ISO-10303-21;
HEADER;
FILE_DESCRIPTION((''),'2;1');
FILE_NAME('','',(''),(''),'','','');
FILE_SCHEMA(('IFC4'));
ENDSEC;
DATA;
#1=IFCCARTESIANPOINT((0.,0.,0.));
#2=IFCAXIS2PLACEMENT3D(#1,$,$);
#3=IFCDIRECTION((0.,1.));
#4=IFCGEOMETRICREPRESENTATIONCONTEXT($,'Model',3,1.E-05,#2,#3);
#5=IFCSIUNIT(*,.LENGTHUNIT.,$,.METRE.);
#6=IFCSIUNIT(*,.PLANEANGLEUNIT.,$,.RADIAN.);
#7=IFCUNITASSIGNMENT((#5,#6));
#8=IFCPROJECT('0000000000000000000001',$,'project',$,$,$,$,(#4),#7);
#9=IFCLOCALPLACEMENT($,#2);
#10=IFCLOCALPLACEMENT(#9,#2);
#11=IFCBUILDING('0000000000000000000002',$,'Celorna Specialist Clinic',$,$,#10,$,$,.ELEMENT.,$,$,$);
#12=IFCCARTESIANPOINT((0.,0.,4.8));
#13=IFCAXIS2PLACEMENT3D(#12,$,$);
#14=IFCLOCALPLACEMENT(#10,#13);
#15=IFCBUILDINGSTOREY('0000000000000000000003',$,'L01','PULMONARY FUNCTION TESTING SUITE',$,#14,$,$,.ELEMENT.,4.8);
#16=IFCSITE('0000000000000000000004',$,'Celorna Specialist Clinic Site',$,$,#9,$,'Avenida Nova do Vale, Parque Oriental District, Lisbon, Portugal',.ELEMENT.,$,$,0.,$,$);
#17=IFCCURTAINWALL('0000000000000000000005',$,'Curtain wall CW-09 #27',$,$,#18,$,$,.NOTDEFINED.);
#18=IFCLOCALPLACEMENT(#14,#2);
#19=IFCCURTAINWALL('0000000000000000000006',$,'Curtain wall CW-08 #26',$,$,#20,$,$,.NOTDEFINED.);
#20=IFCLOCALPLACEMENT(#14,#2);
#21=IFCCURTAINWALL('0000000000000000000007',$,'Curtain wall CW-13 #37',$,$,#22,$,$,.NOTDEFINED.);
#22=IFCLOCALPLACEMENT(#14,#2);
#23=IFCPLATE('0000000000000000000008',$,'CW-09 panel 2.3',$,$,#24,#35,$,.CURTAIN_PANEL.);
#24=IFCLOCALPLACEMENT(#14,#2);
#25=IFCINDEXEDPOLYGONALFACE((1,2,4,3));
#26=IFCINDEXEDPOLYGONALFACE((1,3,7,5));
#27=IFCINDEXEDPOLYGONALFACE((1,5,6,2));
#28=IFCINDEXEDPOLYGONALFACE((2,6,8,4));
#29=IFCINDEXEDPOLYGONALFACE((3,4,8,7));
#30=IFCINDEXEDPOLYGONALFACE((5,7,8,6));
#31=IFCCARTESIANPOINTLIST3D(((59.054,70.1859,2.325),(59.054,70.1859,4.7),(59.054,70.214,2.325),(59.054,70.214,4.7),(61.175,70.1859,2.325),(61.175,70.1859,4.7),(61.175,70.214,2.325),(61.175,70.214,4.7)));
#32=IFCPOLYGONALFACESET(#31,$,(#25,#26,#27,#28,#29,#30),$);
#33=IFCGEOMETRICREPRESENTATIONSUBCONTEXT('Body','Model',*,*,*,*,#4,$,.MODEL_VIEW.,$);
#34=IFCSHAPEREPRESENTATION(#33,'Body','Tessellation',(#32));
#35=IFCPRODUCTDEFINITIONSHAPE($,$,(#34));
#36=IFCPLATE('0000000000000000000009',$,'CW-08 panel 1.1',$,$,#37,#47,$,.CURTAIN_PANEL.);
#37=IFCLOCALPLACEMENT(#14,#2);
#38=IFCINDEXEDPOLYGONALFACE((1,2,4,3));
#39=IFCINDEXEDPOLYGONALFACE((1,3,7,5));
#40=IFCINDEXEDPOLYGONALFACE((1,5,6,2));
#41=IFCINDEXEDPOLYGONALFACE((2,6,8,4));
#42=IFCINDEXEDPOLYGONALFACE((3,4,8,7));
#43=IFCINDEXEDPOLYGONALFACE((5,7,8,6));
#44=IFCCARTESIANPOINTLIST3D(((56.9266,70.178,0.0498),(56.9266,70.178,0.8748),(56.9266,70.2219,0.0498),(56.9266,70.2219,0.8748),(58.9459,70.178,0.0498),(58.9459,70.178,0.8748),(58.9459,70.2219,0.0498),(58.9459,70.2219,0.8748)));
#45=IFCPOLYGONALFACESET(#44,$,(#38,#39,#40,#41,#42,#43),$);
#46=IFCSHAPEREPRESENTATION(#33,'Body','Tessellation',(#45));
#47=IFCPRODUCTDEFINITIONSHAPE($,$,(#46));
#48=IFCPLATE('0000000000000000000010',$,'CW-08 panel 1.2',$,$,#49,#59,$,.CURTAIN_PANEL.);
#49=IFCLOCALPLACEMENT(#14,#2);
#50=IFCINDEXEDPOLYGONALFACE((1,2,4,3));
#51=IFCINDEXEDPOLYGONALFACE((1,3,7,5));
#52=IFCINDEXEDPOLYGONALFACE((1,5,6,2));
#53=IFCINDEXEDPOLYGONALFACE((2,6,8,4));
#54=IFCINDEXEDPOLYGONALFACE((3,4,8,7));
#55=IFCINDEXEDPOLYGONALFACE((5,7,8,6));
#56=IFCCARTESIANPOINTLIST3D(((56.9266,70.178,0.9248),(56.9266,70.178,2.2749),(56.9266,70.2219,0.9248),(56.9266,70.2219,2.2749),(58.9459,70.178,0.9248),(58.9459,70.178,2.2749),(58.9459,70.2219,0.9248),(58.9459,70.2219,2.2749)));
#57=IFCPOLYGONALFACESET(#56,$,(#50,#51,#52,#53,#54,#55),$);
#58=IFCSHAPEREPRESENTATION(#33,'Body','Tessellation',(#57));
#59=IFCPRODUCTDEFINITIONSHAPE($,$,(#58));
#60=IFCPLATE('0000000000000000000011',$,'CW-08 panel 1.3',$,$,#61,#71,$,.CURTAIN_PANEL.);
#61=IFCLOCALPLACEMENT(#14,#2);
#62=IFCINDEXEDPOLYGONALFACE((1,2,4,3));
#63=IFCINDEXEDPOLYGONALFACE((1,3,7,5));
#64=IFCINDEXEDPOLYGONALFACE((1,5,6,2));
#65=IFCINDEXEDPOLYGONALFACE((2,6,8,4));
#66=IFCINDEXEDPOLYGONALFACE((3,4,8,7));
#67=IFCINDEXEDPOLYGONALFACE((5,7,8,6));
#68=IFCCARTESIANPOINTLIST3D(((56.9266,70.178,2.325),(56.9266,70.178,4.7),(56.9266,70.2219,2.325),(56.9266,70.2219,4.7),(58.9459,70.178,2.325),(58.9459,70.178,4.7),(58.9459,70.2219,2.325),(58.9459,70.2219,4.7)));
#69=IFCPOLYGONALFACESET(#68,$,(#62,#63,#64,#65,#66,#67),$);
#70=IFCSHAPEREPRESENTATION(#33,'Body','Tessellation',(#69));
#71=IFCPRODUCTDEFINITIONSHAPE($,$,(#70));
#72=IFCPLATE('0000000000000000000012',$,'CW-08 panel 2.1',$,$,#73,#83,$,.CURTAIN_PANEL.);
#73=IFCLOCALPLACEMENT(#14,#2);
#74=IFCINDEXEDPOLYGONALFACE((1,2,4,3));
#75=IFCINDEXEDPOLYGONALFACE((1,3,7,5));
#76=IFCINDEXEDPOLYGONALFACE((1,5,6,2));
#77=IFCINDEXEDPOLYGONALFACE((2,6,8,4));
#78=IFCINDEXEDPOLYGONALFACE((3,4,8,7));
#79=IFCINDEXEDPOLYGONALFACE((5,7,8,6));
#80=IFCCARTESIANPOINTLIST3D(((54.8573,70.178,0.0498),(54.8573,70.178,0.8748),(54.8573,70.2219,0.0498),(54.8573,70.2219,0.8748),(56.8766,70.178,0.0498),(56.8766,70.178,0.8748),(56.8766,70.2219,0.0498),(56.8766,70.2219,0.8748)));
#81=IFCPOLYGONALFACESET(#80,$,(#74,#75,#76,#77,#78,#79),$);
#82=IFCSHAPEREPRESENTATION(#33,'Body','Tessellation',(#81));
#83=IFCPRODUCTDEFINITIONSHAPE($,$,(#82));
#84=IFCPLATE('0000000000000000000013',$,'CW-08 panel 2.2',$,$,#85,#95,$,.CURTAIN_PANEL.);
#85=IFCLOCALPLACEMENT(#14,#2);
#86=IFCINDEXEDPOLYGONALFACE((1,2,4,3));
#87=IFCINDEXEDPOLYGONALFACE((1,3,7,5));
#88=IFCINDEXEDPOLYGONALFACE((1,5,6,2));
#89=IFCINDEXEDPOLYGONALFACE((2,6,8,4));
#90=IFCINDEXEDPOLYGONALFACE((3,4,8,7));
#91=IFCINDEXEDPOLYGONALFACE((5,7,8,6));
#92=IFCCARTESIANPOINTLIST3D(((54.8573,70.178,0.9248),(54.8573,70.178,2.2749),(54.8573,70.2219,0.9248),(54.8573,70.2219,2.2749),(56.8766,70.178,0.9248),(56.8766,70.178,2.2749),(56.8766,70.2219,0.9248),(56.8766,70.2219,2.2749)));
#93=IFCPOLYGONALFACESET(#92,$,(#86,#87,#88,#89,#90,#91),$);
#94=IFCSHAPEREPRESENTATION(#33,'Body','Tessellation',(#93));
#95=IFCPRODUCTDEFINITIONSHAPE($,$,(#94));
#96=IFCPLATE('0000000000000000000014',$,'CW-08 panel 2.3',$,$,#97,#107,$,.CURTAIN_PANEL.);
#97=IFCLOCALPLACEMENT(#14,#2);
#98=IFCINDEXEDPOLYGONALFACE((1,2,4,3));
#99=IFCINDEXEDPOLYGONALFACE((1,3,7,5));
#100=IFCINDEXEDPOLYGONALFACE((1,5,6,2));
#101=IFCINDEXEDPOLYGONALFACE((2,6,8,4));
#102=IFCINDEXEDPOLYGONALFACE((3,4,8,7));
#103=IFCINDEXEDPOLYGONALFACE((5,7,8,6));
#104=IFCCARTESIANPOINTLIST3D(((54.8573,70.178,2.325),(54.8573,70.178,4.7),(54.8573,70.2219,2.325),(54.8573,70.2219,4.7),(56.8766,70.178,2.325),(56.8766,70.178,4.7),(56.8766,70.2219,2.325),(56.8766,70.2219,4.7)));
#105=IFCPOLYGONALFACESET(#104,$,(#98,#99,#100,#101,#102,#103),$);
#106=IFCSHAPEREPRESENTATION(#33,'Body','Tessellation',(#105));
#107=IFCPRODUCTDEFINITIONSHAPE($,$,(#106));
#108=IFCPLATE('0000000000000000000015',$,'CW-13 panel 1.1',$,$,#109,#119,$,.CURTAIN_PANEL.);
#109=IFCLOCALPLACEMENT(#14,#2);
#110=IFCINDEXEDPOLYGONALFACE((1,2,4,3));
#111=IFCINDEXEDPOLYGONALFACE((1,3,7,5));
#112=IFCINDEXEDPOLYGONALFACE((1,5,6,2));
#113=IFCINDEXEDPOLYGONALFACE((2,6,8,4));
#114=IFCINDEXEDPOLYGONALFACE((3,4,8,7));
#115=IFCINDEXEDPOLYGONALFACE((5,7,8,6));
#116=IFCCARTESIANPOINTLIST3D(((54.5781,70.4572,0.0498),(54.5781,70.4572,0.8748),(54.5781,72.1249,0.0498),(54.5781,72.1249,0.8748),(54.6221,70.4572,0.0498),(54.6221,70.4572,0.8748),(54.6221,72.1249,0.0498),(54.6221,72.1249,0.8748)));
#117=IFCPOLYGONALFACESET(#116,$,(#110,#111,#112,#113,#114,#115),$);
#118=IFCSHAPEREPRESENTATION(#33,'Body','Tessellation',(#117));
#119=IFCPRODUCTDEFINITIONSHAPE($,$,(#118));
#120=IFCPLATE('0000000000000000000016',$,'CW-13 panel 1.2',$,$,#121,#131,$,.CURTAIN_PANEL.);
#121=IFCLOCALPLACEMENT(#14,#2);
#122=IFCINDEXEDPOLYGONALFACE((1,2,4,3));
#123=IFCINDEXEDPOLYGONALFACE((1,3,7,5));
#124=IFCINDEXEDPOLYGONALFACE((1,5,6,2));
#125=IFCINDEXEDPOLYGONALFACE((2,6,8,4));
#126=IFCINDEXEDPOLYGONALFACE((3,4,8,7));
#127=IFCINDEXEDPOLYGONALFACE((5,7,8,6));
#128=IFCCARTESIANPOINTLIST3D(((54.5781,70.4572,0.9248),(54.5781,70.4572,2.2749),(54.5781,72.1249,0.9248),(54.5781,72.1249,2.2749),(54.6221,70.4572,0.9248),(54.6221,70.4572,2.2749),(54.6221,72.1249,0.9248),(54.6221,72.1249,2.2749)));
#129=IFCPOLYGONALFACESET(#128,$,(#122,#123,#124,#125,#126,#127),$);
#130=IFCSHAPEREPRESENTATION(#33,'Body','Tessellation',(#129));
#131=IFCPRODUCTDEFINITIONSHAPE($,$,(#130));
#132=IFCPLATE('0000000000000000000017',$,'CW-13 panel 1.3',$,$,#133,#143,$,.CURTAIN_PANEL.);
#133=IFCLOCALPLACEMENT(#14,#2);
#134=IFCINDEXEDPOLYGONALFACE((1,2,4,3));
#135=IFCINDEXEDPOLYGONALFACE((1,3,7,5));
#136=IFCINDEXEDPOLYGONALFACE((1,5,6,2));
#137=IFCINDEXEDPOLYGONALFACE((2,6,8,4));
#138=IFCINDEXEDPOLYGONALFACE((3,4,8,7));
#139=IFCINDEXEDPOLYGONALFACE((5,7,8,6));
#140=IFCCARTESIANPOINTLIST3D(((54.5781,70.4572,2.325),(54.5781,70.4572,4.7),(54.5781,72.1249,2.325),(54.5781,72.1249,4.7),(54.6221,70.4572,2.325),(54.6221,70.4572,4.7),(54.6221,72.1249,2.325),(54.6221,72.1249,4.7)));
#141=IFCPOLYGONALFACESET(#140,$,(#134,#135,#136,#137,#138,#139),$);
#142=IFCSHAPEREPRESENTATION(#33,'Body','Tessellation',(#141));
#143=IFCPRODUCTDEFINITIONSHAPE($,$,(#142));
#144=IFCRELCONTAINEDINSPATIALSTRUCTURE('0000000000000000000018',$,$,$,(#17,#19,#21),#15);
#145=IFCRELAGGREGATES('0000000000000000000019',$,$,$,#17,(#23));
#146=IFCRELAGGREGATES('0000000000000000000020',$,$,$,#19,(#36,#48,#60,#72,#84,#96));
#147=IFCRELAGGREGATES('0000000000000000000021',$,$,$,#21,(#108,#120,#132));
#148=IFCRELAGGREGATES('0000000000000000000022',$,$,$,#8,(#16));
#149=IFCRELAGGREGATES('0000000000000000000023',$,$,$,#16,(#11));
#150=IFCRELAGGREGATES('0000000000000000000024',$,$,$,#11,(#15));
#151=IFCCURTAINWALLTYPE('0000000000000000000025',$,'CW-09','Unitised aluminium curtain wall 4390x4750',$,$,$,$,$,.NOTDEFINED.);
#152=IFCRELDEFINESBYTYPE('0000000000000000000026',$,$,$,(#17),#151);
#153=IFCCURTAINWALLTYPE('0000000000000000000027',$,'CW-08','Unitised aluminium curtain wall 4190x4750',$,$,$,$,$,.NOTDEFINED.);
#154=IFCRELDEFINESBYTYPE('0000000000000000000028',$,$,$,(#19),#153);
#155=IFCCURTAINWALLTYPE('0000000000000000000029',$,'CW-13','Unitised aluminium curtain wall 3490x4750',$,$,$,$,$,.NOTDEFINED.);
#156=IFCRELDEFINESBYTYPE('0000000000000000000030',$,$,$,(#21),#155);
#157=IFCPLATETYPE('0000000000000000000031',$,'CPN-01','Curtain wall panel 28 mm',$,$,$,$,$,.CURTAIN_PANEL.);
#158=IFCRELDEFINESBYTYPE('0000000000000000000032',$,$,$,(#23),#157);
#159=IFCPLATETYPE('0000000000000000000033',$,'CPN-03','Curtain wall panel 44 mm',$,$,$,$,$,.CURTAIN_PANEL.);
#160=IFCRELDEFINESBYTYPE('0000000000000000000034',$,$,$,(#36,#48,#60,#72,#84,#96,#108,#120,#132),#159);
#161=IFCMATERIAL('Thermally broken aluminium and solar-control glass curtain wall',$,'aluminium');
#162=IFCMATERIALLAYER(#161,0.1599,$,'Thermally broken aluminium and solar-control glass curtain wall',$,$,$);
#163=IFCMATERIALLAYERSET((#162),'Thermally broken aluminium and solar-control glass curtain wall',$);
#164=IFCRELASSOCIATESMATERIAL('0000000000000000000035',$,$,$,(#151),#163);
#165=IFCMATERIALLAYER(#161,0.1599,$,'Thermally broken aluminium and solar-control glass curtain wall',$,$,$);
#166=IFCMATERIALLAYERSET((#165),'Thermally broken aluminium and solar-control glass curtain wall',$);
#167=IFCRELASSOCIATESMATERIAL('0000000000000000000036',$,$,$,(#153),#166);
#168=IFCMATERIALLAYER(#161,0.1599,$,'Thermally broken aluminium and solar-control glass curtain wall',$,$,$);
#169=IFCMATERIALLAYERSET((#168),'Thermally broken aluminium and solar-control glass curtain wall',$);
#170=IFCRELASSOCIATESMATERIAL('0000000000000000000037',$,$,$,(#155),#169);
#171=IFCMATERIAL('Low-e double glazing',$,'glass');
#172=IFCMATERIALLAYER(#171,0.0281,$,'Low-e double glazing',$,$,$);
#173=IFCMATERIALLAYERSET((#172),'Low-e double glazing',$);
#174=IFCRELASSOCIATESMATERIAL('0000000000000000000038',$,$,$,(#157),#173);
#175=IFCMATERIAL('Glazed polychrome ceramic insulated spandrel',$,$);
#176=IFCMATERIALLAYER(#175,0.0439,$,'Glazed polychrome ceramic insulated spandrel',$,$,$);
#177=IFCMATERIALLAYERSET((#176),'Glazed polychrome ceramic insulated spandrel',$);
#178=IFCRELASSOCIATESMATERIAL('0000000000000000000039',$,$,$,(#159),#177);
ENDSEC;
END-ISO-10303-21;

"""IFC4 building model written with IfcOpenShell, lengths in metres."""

from ifc_helpers import new_model, si_unit, direction, frame, origin, origin_2d, place, context, subcontext, project, spatial, rectangle, extrude, material, layer, layer_set, type_object, element, aggregate, save


model = new_model("IFC4")

# Units and contexts
model_context = context("Model", 3, precision=1e-05, world=origin(), true_north=direction((0.0, 1.0)))
body_context = subcontext(model_context, "Body", "Model", "MODEL_VIEW")
ifc_project = project(units=[si_unit("LENGTHUNIT", "METRE"), si_unit("PLANEANGLEUNIT", "RADIAN")], contexts=[model_context])

# Site, building, storey
site_placement = place(None, origin())
site = spatial("IfcSite", under=ifc_project, at=site_placement, Name="Celorna Specialist Clinic Site", LongName="Avenida Nova do Vale, Parque Oriental District, Lisbon, Portugal", CompositionType="ELEMENT", RefElevation=0.0)
building_placement = place(site_placement, origin())
building = spatial("IfcBuilding", under=site, at=building_placement, Name="Celorna Specialist Clinic", CompositionType="ELEMENT")
storey_placement = place(building_placement, frame((0.0, 0.0, 4.8)))
storey = spatial("IfcBuildingStorey", under=building, at=storey_placement, Name="L01", Description="PULMONARY FUNCTION TESTING SUITE", CompositionType="ELEMENT", Elevation=4.8)

# Curtain wall
ifc_material_1 = material(Name="Thermally broken aluminium and solar-control glass curtain wall", Category="aluminium")
ifc_layer_1 = layer(ifc_material_1, 0.1599, Name="Thermally broken aluminium and solar-control glass curtain wall")
ifc_layer_set_1 = layer_set([ifc_layer_1], Name="Thermally broken aluminium and solar-control glass curtain wall")
curtain_wall_type_1 = type_object("IfcCurtainWallType", Name="CW-09", Description="Unitised aluminium curtain wall 4390x4750", PredefinedType="NOTDEFINED", material=ifc_layer_set_1)
curtain_wall_1_placement = place(storey_placement, origin())
curtain_wall_1 = element("IfcCurtainWall", 1, at=curtain_wall_1_placement, inside=storey, type_object=curtain_wall_type_1, Name="Curtain wall CW-09 #27", PredefinedType="NOTDEFINED")

# Curtain walls
ifc_layer_2 = layer(ifc_material_1, 0.1599, Name="Thermally broken aluminium and solar-control glass curtain wall")
ifc_layer_set_2 = layer_set([ifc_layer_2], Name="Thermally broken aluminium and solar-control glass curtain wall")
curtain_wall_type_2 = type_object("IfcCurtainWallType", Name="CW-08", Description="Unitised aluminium curtain wall 4190x4750", PredefinedType="NOTDEFINED", material=ifc_layer_set_2)
curtain_wall_2_placement = place(storey_placement, origin())
curtain_wall_2 = element("IfcCurtainWall", 2, at=curtain_wall_2_placement, inside=storey, type_object=curtain_wall_type_2, Name="Curtain wall CW-08 #26", PredefinedType="NOTDEFINED")
ifc_layer_3 = layer(ifc_material_1, 0.1599, Name="Thermally broken aluminium and solar-control glass curtain wall")
ifc_layer_set_3 = layer_set([ifc_layer_3], Name="Thermally broken aluminium and solar-control glass curtain wall")
curtain_wall_type_3 = type_object("IfcCurtainWallType", Name="CW-13", Description="Unitised aluminium curtain wall 3490x4750", PredefinedType="NOTDEFINED", material=ifc_layer_set_3)
curtain_wall_3_placement = place(storey_placement, origin())
curtain_wall_3 = element("IfcCurtainWall", 3, at=curtain_wall_3_placement, inside=storey, type_object=curtain_wall_type_3, Name="Curtain wall CW-13 #37", PredefinedType="NOTDEFINED")

# Plates
ifc_material_2 = material(Name="Low-e double glazing", Category="glass")
ifc_layer_4 = layer(ifc_material_2, 0.0281, Name="Low-e double glazing")
ifc_layer_set_4 = layer_set([ifc_layer_4], Name="Low-e double glazing")
plate_type_1 = type_object("IfcPlateType", Name="CPN-01", Description="Curtain wall panel 28 mm", PredefinedType="CURTAIN_PANEL", material=ifc_layer_set_4)
plate_1_placement = place(storey_placement, frame((60.1145, 70.2, 2.325), z_axis=(0.0, 0.0, 1.0), x_axis=(-1.0, 0.0, 0.0)))
plate_1 = element("IfcPlate", 4, at=plate_1_placement, type_object=plate_type_1, Name="CW-09 panel 2.3", PredefinedType="CURTAIN_PANEL", context=body_context, shape_type="SweptSolid", body=[
    extrude(rectangle(XDim=2.1211, YDim=0.0281, at=origin_2d()), origin(), (0.0, 0.0, 1.0), 2.375),
])
aggregate(curtain_wall_1, [plate_1])
ifc_material_3 = material(Name="Glazed polychrome ceramic insulated spandrel")
ifc_layer_5 = layer(ifc_material_3, 0.0439, Name="Glazed polychrome ceramic insulated spandrel")
ifc_layer_set_5 = layer_set([ifc_layer_5], Name="Glazed polychrome ceramic insulated spandrel")
plate_type_2 = type_object("IfcPlateType", Name="CPN-03", Description="Curtain wall panel 44 mm", PredefinedType="CURTAIN_PANEL", material=ifc_layer_set_5)
plate_2_placement = place(storey_placement, frame((57.9363, 70.2, 0.0498), z_axis=(0.0, 0.0, 1.0), x_axis=(-1.0, 0.0, 0.0)))
plate_2 = element("IfcPlate", 5, at=plate_2_placement, type_object=plate_type_2, Name="CW-08 panel 1.1", PredefinedType="CURTAIN_PANEL", context=body_context, shape_type="SweptSolid", body=[
    extrude(rectangle(XDim=2.0193, YDim=0.0439, at=origin_2d()), origin(), (0.0, 0.0, 1.0), 0.825),
])
plate_3_placement = place(storey_placement, frame((57.9363, 70.2, 0.9248), z_axis=(0.0, 0.0, 1.0), x_axis=(-1.0, 0.0, 0.0)))
plate_3 = element("IfcPlate", 6, at=plate_3_placement, type_object=plate_type_2, Name="CW-08 panel 1.2", PredefinedType="CURTAIN_PANEL", context=body_context, shape_type="SweptSolid", body=[
    extrude(rectangle(XDim=2.0193, YDim=0.0439, at=origin_2d()), origin(), (0.0, 0.0, 1.0), 1.3501),
])
plate_4_placement = place(storey_placement, frame((57.9363, 70.2, 2.325), z_axis=(0.0, 0.0, 1.0), x_axis=(-1.0, 0.0, 0.0)))
plate_4 = element("IfcPlate", 7, at=plate_4_placement, type_object=plate_type_2, Name="CW-08 panel 1.3", PredefinedType="CURTAIN_PANEL", context=body_context, shape_type="SweptSolid", body=[
    extrude(rectangle(XDim=2.0193, YDim=0.0439, at=origin_2d()), origin(), (0.0, 0.0, 1.0), 2.375),
])
plate_5_placement = place(storey_placement, frame((55.8669, 70.2, 0.0498), z_axis=(0.0, 0.0, 1.0), x_axis=(-1.0, 0.0, 0.0)))
plate_5 = element("IfcPlate", 8, at=plate_5_placement, type_object=plate_type_2, Name="CW-08 panel 2.1", PredefinedType="CURTAIN_PANEL", context=body_context, shape_type="SweptSolid", body=[
    extrude(rectangle(XDim=2.0193, YDim=0.0439, at=origin_2d()), origin(), (0.0, 0.0, 1.0), 0.825),
])
plate_6_placement = place(storey_placement, frame((55.8669, 70.2, 0.9248), z_axis=(0.0, 0.0, 1.0), x_axis=(-1.0, 0.0, 0.0)))
plate_6 = element("IfcPlate", 9, at=plate_6_placement, type_object=plate_type_2, Name="CW-08 panel 2.2", PredefinedType="CURTAIN_PANEL", context=body_context, shape_type="SweptSolid", body=[
    extrude(rectangle(XDim=2.0193, YDim=0.0439, at=origin_2d()), origin(), (0.0, 0.0, 1.0), 1.3501),
])
plate_7_placement = place(storey_placement, frame((55.8669, 70.2, 2.325), z_axis=(0.0, 0.0, 1.0), x_axis=(-1.0, 0.0, 0.0)))
plate_7 = element("IfcPlate", 10, at=plate_7_placement, type_object=plate_type_2, Name="CW-08 panel 2.3", PredefinedType="CURTAIN_PANEL", context=body_context, shape_type="SweptSolid", body=[
    extrude(rectangle(XDim=2.0193, YDim=0.0439, at=origin_2d()), origin(), (0.0, 0.0, 1.0), 2.375),
])
aggregate(curtain_wall_2, [plate_2, plate_3, plate_4, plate_5, plate_6, plate_7])
plate_8_placement = place(storey_placement, frame((54.6001, 71.291, 0.0498), z_axis=(0.0, 0.0, 1.0), x_axis=(0.0, 1.0, 0.0)))
plate_8 = element("IfcPlate", 11, at=plate_8_placement, type_object=plate_type_2, Name="CW-13 panel 1.1", PredefinedType="CURTAIN_PANEL", context=body_context, shape_type="SweptSolid", body=[
    extrude(rectangle(XDim=1.6677, YDim=0.0439, at=origin_2d()), origin(), (0.0, 0.0, 1.0), 0.825),
])
plate_9_placement = place(storey_placement, frame((54.6001, 71.291, 0.9248), z_axis=(0.0, 0.0, 1.0), x_axis=(0.0, 1.0, 0.0)))
plate_9 = element("IfcPlate", 12, at=plate_9_placement, type_object=plate_type_2, Name="CW-13 panel 1.2", PredefinedType="CURTAIN_PANEL", context=body_context, shape_type="SweptSolid", body=[
    extrude(rectangle(XDim=1.6677, YDim=0.0439, at=origin_2d()), origin(), (0.0, 0.0, 1.0), 1.3501),
])
plate_10_placement = place(storey_placement, frame((54.6001, 71.291, 2.325), z_axis=(0.0, 0.0, 1.0), x_axis=(0.0, 1.0, 0.0)))
plate_10 = element("IfcPlate", 13, at=plate_10_placement, type_object=plate_type_2, Name="CW-13 panel 1.3", PredefinedType="CURTAIN_PANEL", context=body_context, shape_type="SweptSolid", body=[
    extrude(rectangle(XDim=1.6677, YDim=0.0439, at=origin_2d()), origin(), (0.0, 0.0, 1.0), 2.375),
])
aggregate(curtain_wall_3, [plate_8, plate_9, plate_10])

save(model, "model.ifc")
